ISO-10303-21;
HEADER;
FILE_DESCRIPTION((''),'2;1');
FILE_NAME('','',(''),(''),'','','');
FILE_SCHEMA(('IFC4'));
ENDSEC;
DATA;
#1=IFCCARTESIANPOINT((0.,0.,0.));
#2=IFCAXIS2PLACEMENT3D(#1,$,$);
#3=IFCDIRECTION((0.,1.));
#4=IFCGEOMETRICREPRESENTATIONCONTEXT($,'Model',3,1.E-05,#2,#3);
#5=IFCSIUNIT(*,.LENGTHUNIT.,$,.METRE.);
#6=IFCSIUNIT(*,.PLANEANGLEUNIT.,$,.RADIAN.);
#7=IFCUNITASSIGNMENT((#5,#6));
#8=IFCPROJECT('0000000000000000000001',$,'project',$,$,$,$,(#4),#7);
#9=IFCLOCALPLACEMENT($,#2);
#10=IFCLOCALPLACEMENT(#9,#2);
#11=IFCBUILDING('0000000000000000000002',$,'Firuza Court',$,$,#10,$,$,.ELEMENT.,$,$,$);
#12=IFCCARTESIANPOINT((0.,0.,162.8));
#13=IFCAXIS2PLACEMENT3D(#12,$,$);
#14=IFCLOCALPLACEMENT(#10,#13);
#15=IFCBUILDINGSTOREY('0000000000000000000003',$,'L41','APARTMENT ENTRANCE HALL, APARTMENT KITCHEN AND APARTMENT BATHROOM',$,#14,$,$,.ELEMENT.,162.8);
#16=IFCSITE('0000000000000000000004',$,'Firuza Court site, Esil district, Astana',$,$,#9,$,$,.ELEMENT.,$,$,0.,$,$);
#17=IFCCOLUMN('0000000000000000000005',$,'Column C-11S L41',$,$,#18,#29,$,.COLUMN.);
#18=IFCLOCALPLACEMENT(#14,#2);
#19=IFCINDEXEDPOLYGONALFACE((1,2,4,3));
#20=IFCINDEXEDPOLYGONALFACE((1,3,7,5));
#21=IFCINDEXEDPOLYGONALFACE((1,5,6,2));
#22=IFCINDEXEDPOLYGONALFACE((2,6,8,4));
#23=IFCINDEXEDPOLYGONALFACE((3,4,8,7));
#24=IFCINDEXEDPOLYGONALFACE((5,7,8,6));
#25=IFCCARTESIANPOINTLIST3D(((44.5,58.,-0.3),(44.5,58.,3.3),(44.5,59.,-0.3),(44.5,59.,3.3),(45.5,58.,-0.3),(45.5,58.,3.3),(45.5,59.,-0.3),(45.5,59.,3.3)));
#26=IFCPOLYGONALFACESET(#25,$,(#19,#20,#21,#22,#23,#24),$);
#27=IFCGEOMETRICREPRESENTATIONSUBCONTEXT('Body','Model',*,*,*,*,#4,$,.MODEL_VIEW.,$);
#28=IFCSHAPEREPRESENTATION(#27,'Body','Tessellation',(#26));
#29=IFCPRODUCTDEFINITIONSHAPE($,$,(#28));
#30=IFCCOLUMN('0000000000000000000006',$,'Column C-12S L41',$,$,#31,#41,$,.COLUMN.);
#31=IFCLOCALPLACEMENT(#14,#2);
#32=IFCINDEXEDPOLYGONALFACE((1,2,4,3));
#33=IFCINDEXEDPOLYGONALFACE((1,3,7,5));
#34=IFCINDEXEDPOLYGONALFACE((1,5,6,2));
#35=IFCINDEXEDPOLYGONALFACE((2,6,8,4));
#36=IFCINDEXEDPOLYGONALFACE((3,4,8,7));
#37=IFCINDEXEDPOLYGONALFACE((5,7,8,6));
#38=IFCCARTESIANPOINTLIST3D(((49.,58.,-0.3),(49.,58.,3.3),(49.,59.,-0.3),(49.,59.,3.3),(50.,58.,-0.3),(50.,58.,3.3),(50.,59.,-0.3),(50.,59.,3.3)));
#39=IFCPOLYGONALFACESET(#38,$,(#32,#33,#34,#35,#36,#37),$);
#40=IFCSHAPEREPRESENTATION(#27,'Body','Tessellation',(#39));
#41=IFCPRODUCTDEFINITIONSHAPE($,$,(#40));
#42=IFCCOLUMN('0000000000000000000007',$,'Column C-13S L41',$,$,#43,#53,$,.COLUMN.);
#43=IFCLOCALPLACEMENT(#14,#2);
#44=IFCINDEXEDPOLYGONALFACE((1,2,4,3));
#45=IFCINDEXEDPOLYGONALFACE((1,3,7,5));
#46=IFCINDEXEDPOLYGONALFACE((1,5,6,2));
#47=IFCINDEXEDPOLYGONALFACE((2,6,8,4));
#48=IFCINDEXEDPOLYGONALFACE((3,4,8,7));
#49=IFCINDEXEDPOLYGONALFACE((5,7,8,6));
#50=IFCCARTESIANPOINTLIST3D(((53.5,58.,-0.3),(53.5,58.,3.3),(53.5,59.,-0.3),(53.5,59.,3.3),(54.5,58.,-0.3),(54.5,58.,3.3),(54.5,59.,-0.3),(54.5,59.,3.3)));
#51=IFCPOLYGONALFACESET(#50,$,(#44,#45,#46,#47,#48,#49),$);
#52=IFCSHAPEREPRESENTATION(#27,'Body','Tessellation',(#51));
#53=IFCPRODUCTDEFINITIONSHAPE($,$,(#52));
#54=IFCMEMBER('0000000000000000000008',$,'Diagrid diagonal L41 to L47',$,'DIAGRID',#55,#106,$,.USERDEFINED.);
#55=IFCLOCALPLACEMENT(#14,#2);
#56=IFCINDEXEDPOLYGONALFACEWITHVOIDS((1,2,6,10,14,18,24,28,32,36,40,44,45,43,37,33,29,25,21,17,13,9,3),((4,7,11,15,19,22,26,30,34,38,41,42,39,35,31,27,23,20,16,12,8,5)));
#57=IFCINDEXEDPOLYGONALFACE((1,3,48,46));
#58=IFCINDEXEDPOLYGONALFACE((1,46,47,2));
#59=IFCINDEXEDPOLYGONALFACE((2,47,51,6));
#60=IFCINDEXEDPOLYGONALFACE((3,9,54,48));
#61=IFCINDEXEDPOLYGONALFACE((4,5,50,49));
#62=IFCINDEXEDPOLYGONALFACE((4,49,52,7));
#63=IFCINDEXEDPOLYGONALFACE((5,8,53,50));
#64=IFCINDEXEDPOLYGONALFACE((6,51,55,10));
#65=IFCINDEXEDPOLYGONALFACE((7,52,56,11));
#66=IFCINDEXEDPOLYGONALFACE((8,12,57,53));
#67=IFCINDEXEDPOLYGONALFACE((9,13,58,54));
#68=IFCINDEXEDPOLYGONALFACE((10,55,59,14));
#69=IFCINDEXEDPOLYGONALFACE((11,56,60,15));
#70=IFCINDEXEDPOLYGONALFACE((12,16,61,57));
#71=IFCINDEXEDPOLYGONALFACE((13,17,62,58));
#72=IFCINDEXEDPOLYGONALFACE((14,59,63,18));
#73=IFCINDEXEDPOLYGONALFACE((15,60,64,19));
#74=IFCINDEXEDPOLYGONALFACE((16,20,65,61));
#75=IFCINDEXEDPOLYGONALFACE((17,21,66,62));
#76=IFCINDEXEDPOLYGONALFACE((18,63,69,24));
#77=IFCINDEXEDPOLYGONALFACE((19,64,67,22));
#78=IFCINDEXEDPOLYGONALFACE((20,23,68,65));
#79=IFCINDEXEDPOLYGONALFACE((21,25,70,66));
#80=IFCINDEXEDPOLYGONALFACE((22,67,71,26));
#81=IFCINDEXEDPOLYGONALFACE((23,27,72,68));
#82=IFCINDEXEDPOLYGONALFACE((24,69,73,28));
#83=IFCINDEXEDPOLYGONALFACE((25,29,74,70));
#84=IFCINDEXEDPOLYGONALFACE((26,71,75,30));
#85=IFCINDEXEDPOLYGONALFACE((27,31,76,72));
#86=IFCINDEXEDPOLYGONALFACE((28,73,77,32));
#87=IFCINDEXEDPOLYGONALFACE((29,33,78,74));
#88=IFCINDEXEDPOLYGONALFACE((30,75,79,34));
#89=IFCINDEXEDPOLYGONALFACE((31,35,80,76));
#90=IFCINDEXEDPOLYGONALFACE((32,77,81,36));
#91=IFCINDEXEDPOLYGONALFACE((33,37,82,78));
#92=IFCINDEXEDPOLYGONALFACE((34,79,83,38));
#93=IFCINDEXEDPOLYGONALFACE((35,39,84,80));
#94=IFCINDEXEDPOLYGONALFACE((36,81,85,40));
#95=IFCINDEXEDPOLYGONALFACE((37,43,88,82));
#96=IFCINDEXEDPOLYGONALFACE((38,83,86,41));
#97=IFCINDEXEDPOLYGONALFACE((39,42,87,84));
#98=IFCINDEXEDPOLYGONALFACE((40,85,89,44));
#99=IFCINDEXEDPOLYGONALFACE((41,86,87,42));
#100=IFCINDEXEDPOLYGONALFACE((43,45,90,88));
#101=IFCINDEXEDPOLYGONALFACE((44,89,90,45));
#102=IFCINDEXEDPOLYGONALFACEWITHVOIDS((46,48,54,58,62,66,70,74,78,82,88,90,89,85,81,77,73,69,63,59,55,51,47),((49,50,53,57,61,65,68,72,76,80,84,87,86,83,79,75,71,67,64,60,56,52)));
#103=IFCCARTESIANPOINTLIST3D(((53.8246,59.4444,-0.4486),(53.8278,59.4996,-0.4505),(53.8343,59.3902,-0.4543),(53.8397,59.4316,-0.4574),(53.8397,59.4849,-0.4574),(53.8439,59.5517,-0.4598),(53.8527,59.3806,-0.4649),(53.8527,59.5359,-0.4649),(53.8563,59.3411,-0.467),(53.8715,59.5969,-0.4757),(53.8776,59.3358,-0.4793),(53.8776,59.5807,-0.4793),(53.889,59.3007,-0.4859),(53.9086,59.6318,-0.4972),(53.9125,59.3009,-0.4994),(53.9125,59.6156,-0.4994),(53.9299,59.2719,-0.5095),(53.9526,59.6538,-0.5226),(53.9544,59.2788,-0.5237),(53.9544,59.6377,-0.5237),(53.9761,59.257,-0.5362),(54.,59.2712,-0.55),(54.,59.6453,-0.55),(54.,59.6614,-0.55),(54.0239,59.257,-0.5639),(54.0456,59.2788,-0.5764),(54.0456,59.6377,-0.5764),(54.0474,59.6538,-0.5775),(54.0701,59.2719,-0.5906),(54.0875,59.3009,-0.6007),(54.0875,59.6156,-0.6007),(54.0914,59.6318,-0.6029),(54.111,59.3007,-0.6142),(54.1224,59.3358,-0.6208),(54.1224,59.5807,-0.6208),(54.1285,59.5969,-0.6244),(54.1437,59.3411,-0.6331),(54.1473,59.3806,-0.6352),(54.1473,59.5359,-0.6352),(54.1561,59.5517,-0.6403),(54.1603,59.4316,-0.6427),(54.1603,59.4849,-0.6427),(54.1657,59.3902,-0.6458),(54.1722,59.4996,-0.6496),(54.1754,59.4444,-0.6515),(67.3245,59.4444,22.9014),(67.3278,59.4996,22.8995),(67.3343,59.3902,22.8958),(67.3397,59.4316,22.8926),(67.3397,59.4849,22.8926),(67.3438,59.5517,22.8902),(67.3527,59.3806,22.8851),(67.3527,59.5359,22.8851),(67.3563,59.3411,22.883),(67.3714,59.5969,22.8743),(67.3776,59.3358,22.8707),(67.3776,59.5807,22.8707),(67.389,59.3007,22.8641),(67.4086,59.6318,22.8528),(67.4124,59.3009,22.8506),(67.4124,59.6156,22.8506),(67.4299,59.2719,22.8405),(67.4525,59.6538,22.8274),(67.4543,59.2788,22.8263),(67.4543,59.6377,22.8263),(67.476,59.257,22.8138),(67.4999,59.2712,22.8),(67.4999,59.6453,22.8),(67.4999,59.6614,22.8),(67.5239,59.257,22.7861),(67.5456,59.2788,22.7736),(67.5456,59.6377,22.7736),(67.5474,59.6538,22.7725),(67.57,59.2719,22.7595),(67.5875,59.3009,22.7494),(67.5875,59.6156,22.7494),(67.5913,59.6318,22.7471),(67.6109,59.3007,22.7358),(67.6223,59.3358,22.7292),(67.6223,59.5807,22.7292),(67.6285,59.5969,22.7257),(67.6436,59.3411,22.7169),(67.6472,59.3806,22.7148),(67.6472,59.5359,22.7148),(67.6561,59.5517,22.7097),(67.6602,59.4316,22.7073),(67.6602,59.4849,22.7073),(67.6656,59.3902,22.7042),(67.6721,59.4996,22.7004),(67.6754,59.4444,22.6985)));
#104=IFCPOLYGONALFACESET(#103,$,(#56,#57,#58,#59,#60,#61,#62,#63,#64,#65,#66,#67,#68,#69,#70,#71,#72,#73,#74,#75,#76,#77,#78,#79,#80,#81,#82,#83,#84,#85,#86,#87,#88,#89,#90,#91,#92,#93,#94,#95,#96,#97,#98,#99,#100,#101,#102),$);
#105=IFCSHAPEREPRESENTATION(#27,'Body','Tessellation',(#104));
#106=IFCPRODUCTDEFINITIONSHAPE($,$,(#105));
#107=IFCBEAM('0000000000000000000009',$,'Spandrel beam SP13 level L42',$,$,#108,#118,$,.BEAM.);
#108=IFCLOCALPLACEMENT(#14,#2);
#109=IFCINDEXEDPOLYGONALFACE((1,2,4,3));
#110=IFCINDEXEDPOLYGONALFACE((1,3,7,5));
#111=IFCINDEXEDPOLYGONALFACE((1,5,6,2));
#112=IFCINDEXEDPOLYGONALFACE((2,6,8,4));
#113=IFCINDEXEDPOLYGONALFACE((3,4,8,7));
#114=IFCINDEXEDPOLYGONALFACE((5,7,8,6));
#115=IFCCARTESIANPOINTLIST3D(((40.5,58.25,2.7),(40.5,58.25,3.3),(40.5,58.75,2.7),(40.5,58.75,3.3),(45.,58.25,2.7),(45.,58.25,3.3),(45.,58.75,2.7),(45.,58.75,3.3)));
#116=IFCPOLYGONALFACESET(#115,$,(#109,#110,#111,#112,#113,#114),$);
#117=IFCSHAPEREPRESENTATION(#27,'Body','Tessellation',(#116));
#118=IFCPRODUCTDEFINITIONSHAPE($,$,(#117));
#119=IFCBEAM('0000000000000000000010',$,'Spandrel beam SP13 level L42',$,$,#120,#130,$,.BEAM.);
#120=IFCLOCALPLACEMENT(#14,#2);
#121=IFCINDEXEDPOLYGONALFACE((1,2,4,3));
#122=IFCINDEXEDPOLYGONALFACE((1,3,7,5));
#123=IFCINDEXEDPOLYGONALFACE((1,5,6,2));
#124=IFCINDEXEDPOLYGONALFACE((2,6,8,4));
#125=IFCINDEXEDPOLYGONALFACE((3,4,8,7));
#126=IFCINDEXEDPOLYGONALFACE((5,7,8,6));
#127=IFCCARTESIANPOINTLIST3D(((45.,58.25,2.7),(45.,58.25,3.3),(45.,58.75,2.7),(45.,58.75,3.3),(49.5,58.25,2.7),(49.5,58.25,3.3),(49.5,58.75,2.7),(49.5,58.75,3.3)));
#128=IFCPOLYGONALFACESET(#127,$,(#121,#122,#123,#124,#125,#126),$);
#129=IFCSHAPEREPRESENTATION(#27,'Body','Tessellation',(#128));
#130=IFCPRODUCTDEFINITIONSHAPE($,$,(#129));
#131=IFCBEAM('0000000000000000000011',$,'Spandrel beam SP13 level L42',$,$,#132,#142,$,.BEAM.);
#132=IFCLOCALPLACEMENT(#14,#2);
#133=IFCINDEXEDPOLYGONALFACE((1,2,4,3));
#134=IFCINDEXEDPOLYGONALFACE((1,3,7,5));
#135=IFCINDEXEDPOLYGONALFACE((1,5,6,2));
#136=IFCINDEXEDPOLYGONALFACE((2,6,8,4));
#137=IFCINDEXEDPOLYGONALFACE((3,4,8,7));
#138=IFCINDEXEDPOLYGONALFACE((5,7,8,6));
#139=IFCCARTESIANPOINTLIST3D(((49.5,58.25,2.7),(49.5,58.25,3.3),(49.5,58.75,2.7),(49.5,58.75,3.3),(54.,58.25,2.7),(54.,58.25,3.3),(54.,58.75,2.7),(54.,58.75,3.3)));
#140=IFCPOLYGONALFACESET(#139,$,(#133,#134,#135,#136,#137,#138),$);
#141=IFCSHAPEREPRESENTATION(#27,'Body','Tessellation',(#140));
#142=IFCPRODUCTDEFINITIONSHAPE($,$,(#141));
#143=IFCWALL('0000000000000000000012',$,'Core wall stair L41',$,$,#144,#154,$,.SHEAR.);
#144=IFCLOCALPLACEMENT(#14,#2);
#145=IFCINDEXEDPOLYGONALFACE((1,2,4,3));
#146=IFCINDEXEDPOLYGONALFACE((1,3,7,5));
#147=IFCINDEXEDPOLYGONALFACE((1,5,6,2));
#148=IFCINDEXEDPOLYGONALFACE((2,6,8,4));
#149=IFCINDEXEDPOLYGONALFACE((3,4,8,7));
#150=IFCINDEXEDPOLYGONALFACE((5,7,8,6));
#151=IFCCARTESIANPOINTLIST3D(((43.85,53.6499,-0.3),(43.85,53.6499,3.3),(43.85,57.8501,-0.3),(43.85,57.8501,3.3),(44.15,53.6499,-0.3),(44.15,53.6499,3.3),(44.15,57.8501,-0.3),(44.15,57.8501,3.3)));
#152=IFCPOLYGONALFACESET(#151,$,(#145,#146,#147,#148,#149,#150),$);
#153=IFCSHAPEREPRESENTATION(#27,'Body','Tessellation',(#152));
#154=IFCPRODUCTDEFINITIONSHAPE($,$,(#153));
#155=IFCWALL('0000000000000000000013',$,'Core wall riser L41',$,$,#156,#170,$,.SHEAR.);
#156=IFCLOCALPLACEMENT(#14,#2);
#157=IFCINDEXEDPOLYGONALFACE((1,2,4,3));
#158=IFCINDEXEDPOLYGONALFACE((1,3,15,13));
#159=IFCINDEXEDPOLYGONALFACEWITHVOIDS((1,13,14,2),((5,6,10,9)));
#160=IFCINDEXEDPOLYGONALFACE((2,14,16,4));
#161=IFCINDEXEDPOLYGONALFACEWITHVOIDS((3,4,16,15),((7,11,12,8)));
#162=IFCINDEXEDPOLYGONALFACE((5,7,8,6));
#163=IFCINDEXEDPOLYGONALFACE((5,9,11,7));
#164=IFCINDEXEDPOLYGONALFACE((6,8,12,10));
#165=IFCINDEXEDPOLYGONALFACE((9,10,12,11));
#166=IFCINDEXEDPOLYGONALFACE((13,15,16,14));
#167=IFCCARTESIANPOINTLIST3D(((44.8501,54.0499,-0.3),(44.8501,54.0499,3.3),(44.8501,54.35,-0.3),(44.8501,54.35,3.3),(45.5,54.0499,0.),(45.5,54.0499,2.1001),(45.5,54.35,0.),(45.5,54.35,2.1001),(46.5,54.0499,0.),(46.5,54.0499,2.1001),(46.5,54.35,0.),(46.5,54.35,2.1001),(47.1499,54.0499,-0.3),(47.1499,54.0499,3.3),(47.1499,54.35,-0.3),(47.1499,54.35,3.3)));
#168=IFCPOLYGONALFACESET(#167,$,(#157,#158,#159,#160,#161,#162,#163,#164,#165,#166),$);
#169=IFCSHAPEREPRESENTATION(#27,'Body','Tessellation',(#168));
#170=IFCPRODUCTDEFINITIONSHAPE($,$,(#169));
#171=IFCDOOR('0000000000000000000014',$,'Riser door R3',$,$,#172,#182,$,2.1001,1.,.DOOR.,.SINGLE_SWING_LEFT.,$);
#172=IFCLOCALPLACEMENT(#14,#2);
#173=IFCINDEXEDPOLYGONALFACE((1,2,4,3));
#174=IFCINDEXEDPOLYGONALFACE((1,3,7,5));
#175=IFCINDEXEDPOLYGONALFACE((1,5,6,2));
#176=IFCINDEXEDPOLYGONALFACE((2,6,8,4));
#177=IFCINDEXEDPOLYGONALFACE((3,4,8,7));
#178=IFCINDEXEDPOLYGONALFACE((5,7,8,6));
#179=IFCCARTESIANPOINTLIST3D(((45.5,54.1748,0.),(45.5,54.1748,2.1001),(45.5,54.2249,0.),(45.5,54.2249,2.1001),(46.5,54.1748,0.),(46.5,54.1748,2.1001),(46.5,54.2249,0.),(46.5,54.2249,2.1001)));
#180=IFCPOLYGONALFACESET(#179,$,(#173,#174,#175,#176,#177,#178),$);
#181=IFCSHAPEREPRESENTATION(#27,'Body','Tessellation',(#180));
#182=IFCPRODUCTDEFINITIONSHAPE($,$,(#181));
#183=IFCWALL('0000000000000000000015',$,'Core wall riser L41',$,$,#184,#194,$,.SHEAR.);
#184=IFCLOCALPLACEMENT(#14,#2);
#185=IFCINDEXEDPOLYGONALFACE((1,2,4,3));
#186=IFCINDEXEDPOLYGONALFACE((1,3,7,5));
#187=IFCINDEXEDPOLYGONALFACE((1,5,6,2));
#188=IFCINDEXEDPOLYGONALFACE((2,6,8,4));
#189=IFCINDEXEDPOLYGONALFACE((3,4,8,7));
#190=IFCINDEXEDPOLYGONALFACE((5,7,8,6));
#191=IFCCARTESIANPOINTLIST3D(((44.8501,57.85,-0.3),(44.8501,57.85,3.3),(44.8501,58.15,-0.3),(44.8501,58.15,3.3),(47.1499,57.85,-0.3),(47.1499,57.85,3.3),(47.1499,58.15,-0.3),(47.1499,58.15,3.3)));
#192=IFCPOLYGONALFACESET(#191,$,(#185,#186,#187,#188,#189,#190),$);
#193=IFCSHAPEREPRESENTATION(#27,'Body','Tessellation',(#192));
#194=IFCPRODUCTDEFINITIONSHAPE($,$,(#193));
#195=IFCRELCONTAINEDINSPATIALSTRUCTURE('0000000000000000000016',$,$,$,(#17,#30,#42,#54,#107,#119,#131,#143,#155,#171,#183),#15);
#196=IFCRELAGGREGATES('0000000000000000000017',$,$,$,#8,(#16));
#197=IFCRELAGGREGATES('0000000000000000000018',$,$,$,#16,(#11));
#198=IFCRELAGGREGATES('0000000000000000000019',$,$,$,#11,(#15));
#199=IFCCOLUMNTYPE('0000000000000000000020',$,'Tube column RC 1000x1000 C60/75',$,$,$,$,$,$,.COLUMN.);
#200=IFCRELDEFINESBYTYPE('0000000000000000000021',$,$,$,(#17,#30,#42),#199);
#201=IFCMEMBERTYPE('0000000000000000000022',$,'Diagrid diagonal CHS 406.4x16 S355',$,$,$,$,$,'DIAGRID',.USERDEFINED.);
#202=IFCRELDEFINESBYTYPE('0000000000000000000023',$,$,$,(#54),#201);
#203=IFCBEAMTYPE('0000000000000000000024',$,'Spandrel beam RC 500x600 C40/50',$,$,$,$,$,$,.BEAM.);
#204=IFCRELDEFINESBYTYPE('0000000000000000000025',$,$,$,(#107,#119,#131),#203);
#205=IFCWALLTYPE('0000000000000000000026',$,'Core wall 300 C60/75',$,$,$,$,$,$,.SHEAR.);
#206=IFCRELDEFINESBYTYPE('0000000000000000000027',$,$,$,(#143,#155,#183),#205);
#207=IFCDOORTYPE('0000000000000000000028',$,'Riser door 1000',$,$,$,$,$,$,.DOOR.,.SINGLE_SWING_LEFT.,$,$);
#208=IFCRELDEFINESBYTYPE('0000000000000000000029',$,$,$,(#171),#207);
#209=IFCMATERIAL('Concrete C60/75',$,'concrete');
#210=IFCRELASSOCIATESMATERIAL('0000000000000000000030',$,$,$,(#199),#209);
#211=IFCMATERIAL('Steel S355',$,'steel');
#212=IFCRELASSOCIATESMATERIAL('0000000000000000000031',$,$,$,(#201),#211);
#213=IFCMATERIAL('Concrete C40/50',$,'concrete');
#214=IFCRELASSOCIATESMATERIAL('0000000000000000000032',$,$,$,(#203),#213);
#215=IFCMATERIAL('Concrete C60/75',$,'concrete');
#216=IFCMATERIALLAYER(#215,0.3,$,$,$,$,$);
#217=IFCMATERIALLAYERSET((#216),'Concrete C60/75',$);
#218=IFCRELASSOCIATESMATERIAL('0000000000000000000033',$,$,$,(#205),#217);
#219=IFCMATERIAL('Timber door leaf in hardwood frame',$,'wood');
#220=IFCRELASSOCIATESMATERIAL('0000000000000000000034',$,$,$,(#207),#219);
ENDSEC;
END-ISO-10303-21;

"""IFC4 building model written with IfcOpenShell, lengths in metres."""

from ifc_helpers import new_model, si_unit, direction, frame, frame_2d, origin, origin_2d, place, context, subcontext, project, spatial, rectangle, hollow_circle, extrude, material, layer, layer_set, material_profile, profile_set, type_object, element, fill, save


model = new_model("IFC4")

# Units and contexts
model_context = context("Model", 3, precision=1e-05, world=origin(), true_north=direction((0.0, 1.0)))
body_context = subcontext(model_context, "Body", "Model", "MODEL_VIEW")
ifc_project = project(units=[si_unit("LENGTHUNIT", "METRE"), si_unit("PLANEANGLEUNIT", "RADIAN")], contexts=[model_context])

# Site, building, storey
site_placement = place(None, origin())
site = spatial("IfcSite", under=ifc_project, at=site_placement, Name="Firuza Court site, Esil district, Astana", CompositionType="ELEMENT", RefElevation=0.0)
building_placement = place(site_placement, origin())
building = spatial("IfcBuilding", under=site, at=building_placement, Name="Firuza Court", CompositionType="ELEMENT")
storey_placement = place(building_placement, frame((0.0, 0.0, 162.8)))
storey = spatial("IfcBuildingStorey", under=building, at=storey_placement, Name="L41", Description="APARTMENT ENTRANCE HALL, APARTMENT KITCHEN AND APARTMENT BATHROOM", CompositionType="ELEMENT", Elevation=162.8)

# Columns
ifc_material_1 = material(Name="Concrete C60/75", Category="concrete")
ifc_material_profile_1 = material_profile(ifc_material_1, rectangle(XDim=1.0, YDim=1.0, at=origin_2d()), Name="RC 1000x1000")
ifc_profile_set_1 = profile_set([ifc_material_profile_1], Name="Concrete C60/75")
column_type = type_object("IfcColumnType", Name="Tube column RC 1000x1000 C60/75", PredefinedType="COLUMN", material=ifc_profile_set_1)
for number, where, z_axis, x_axis, name in (
    (1, (45.0, 58.5, -0.3), (0.0, 0.0, 1.0), (1.0, 0.0, 0.0), "Column C-11S L41"),
    (2, (49.5, 58.5, -0.3), (0.0, 0.0, 1.0), (1.0, 0.0, 0.0), "Column C-12S L41"),
    (3, (54.0, 58.5, -0.3), (0.0, 0.0, 1.0), (1.0, 0.0, 0.0), "Column C-13S L41"),
):
    element("IfcColumn", number, at=place(storey_placement, frame(where, z_axis=z_axis, x_axis=x_axis)), inside=storey, type_object=column_type, Name=name, PredefinedType="COLUMN", context=body_context, shape_type="SweptSolid", body=[
        extrude(rectangle(XDim=1.0, YDim=1.0, at=origin_2d()), origin(), (0.0, 0.0, 1.0), 3.6001),
    ])

# Member
ifc_material_2 = material(Name="Steel S355", Category="steel")
ifc_material_profile_2 = material_profile(ifc_material_2, hollow_circle(Radius=0.2031, WallThickness=0.0161, at=origin_2d()), Name="CHS 406.4x16")
ifc_profile_set_2 = profile_set([ifc_material_profile_2], Name="Steel S355")
member_type = type_object("IfcMemberType", Name="Diagrid diagonal CHS 406.4x16 S355", ElementType="DIAGRID", PredefinedType="USERDEFINED", material=ifc_profile_set_2)
member_placement = place(storey_placement, frame((54.0, 59.4583, -0.55), z_axis=(0.500523, 0.0, 0.865723), x_axis=(0.0, 1.0, 0.0)))
element("IfcMember", 4, at=member_placement, inside=storey, type_object=member_type, Name="Diagrid diagonal L41 to L47", ObjectType="DIAGRID", PredefinedType="USERDEFINED", context=body_context, shape_type="SweptSolid", body=[
    extrude(hollow_circle(Radius=0.2031, WallThickness=0.0161, at=origin_2d()), origin(), (0.0, 0.0, 1.0), 26.9717),
])

# Beams
ifc_material_3 = material(Name="Concrete C40/50", Category="concrete")
ifc_material_profile_3 = material_profile(ifc_material_3, rectangle(XDim=0.5, YDim=0.6001, at=origin_2d()), Name="RC 500x600")
ifc_profile_set_3 = profile_set([ifc_material_profile_3], Name="Concrete C40/50")
beam_type = type_object("IfcBeamType", Name="Spandrel beam RC 500x600 C40/50", PredefinedType="BEAM", material=ifc_profile_set_3)
for number, where, z_axis, x_axis, name in (
    (5, (45.0, 58.5, 3.0), (-1.0, 0.0, 0.0), (0.0, -1.0, 0.0), "Spandrel beam SP13 level L42"),
    (6, (49.5, 58.5, 3.0), (-1.0, 0.0, 0.0), (0.0, -1.0, 0.0), "Spandrel beam SP13 level L42"),
    (7, (54.0, 58.5, 3.0), (-1.0, 0.0, 0.0), (0.0, -1.0, 0.0), "Spandrel beam SP13 level L42"),
):
    element("IfcBeam", number, at=place(storey_placement, frame(where, z_axis=z_axis, x_axis=x_axis)), inside=storey, type_object=beam_type, Name=name, PredefinedType="BEAM", context=body_context, shape_type="SweptSolid", body=[
        extrude(rectangle(XDim=0.5, YDim=0.6001, at=origin_2d()), origin(), (0.0, 0.0, 1.0), 4.5),
    ])

# Wall
ifc_material_4 = material(Name="Concrete C60/75", Category="concrete")
ifc_layer_1 = layer(ifc_material_4, 0.3)
ifc_layer_set_1 = layer_set([ifc_layer_1], Name="Concrete C60/75")
wall_type_1 = type_object("IfcWallType", Name="Core wall 300 C60/75", PredefinedType="SHEAR", material=ifc_layer_set_1)
wall_1_placement = place(storey_placement, frame((44.0, 53.6499, -0.3), z_axis=(0.0, 0.0, 1.0), x_axis=(0.0, 1.0, 0.0)))
element("IfcWall", 8, at=wall_1_placement, inside=storey, type_object=wall_type_1, Name="Core wall stair L41", PredefinedType="SHEAR", context=body_context, shape_type="SweptSolid", body=[
    extrude(rectangle(XDim=4.2002, YDim=0.3, at=frame_2d((2.1001, 0.0))), origin(), (0.0, 0.0, 1.0), 3.6001),
])

# Wall, opening, door
wall_2_placement = place(storey_placement, frame((44.8501, 54.2, -0.3), z_axis=(0.0, 0.0, 1.0), x_axis=(1.0, 0.0, 0.0)))
wall_2 = element("IfcWall", 9, at=wall_2_placement, inside=storey, type_object=wall_type_1, Name="Core wall riser L41", PredefinedType="SHEAR", context=body_context, shape_type="SweptSolid", body=[
    extrude(rectangle(XDim=2.2998, YDim=0.3, at=frame_2d((1.1499, 0.0))), origin(), (0.0, 0.0, 1.0), 3.6001),
])
opening_1_placement = place(wall_2_placement, frame((0.6499, 0.0, 0.3)))
opening_1 = element("IfcOpeningElement", 10, at=opening_1_placement, cuts=wall_2, PredefinedType="OPENING", context=body_context, shape_type="SweptSolid", body=[
    extrude(rectangle(XDim=1.0, YDim=2.1001, at=frame_2d((0.5, 1.05))), frame((0.0, 0.1621, 0.0), z_axis=(0.0, -1.0, 0.0), x_axis=(1.0, 0.0, 0.0)), (0.0, 0.0, 1.0), 0.324),
])
ifc_material_5 = material(Name="Timber door leaf in hardwood frame", Category="wood")
door_type_1 = type_object("IfcDoorType", Name="Riser door 1000", OperationType="SINGLE_SWING_LEFT", PredefinedType="DOOR", material=ifc_material_5)
door_1_placement = place(opening_1_placement, origin())
door_1 = element("IfcDoor", 11, at=door_1_placement, inside=storey, type_object=door_type_1, Name="Riser door R3", OperationType="SINGLE_SWING_LEFT", OverallHeight=2.1001, OverallWidth=1.0, PredefinedType="DOOR", context=body_context, shape_type="SweptSolid", body=[
    extrude(rectangle(XDim=1.0, YDim=2.1001, at=frame_2d((0.5, 1.05))), frame((0.0, 0.0249, 0.0), z_axis=(0.0, -1.0, 0.0), x_axis=(1.0, 0.0, 0.0)), (0.0, 0.0, 1.0), 0.05),
])
fill(opening_1, door_1)

# Wall
wall_3_placement = place(storey_placement, frame((44.8501, 58.0, -0.3), z_axis=(0.0, 0.0, 1.0), x_axis=(1.0, 0.0, 0.0)))
element("IfcWall", 12, at=wall_3_placement, inside=storey, type_object=wall_type_1, Name="Core wall riser L41", PredefinedType="SHEAR", context=body_context, shape_type="SweptSolid", body=[
    extrude(rectangle(XDim=2.2998, YDim=0.3, at=frame_2d((1.1499, 0.0))), origin(), (0.0, 0.0, 1.0), 3.6001),
])

save(model, "model.ifc")
